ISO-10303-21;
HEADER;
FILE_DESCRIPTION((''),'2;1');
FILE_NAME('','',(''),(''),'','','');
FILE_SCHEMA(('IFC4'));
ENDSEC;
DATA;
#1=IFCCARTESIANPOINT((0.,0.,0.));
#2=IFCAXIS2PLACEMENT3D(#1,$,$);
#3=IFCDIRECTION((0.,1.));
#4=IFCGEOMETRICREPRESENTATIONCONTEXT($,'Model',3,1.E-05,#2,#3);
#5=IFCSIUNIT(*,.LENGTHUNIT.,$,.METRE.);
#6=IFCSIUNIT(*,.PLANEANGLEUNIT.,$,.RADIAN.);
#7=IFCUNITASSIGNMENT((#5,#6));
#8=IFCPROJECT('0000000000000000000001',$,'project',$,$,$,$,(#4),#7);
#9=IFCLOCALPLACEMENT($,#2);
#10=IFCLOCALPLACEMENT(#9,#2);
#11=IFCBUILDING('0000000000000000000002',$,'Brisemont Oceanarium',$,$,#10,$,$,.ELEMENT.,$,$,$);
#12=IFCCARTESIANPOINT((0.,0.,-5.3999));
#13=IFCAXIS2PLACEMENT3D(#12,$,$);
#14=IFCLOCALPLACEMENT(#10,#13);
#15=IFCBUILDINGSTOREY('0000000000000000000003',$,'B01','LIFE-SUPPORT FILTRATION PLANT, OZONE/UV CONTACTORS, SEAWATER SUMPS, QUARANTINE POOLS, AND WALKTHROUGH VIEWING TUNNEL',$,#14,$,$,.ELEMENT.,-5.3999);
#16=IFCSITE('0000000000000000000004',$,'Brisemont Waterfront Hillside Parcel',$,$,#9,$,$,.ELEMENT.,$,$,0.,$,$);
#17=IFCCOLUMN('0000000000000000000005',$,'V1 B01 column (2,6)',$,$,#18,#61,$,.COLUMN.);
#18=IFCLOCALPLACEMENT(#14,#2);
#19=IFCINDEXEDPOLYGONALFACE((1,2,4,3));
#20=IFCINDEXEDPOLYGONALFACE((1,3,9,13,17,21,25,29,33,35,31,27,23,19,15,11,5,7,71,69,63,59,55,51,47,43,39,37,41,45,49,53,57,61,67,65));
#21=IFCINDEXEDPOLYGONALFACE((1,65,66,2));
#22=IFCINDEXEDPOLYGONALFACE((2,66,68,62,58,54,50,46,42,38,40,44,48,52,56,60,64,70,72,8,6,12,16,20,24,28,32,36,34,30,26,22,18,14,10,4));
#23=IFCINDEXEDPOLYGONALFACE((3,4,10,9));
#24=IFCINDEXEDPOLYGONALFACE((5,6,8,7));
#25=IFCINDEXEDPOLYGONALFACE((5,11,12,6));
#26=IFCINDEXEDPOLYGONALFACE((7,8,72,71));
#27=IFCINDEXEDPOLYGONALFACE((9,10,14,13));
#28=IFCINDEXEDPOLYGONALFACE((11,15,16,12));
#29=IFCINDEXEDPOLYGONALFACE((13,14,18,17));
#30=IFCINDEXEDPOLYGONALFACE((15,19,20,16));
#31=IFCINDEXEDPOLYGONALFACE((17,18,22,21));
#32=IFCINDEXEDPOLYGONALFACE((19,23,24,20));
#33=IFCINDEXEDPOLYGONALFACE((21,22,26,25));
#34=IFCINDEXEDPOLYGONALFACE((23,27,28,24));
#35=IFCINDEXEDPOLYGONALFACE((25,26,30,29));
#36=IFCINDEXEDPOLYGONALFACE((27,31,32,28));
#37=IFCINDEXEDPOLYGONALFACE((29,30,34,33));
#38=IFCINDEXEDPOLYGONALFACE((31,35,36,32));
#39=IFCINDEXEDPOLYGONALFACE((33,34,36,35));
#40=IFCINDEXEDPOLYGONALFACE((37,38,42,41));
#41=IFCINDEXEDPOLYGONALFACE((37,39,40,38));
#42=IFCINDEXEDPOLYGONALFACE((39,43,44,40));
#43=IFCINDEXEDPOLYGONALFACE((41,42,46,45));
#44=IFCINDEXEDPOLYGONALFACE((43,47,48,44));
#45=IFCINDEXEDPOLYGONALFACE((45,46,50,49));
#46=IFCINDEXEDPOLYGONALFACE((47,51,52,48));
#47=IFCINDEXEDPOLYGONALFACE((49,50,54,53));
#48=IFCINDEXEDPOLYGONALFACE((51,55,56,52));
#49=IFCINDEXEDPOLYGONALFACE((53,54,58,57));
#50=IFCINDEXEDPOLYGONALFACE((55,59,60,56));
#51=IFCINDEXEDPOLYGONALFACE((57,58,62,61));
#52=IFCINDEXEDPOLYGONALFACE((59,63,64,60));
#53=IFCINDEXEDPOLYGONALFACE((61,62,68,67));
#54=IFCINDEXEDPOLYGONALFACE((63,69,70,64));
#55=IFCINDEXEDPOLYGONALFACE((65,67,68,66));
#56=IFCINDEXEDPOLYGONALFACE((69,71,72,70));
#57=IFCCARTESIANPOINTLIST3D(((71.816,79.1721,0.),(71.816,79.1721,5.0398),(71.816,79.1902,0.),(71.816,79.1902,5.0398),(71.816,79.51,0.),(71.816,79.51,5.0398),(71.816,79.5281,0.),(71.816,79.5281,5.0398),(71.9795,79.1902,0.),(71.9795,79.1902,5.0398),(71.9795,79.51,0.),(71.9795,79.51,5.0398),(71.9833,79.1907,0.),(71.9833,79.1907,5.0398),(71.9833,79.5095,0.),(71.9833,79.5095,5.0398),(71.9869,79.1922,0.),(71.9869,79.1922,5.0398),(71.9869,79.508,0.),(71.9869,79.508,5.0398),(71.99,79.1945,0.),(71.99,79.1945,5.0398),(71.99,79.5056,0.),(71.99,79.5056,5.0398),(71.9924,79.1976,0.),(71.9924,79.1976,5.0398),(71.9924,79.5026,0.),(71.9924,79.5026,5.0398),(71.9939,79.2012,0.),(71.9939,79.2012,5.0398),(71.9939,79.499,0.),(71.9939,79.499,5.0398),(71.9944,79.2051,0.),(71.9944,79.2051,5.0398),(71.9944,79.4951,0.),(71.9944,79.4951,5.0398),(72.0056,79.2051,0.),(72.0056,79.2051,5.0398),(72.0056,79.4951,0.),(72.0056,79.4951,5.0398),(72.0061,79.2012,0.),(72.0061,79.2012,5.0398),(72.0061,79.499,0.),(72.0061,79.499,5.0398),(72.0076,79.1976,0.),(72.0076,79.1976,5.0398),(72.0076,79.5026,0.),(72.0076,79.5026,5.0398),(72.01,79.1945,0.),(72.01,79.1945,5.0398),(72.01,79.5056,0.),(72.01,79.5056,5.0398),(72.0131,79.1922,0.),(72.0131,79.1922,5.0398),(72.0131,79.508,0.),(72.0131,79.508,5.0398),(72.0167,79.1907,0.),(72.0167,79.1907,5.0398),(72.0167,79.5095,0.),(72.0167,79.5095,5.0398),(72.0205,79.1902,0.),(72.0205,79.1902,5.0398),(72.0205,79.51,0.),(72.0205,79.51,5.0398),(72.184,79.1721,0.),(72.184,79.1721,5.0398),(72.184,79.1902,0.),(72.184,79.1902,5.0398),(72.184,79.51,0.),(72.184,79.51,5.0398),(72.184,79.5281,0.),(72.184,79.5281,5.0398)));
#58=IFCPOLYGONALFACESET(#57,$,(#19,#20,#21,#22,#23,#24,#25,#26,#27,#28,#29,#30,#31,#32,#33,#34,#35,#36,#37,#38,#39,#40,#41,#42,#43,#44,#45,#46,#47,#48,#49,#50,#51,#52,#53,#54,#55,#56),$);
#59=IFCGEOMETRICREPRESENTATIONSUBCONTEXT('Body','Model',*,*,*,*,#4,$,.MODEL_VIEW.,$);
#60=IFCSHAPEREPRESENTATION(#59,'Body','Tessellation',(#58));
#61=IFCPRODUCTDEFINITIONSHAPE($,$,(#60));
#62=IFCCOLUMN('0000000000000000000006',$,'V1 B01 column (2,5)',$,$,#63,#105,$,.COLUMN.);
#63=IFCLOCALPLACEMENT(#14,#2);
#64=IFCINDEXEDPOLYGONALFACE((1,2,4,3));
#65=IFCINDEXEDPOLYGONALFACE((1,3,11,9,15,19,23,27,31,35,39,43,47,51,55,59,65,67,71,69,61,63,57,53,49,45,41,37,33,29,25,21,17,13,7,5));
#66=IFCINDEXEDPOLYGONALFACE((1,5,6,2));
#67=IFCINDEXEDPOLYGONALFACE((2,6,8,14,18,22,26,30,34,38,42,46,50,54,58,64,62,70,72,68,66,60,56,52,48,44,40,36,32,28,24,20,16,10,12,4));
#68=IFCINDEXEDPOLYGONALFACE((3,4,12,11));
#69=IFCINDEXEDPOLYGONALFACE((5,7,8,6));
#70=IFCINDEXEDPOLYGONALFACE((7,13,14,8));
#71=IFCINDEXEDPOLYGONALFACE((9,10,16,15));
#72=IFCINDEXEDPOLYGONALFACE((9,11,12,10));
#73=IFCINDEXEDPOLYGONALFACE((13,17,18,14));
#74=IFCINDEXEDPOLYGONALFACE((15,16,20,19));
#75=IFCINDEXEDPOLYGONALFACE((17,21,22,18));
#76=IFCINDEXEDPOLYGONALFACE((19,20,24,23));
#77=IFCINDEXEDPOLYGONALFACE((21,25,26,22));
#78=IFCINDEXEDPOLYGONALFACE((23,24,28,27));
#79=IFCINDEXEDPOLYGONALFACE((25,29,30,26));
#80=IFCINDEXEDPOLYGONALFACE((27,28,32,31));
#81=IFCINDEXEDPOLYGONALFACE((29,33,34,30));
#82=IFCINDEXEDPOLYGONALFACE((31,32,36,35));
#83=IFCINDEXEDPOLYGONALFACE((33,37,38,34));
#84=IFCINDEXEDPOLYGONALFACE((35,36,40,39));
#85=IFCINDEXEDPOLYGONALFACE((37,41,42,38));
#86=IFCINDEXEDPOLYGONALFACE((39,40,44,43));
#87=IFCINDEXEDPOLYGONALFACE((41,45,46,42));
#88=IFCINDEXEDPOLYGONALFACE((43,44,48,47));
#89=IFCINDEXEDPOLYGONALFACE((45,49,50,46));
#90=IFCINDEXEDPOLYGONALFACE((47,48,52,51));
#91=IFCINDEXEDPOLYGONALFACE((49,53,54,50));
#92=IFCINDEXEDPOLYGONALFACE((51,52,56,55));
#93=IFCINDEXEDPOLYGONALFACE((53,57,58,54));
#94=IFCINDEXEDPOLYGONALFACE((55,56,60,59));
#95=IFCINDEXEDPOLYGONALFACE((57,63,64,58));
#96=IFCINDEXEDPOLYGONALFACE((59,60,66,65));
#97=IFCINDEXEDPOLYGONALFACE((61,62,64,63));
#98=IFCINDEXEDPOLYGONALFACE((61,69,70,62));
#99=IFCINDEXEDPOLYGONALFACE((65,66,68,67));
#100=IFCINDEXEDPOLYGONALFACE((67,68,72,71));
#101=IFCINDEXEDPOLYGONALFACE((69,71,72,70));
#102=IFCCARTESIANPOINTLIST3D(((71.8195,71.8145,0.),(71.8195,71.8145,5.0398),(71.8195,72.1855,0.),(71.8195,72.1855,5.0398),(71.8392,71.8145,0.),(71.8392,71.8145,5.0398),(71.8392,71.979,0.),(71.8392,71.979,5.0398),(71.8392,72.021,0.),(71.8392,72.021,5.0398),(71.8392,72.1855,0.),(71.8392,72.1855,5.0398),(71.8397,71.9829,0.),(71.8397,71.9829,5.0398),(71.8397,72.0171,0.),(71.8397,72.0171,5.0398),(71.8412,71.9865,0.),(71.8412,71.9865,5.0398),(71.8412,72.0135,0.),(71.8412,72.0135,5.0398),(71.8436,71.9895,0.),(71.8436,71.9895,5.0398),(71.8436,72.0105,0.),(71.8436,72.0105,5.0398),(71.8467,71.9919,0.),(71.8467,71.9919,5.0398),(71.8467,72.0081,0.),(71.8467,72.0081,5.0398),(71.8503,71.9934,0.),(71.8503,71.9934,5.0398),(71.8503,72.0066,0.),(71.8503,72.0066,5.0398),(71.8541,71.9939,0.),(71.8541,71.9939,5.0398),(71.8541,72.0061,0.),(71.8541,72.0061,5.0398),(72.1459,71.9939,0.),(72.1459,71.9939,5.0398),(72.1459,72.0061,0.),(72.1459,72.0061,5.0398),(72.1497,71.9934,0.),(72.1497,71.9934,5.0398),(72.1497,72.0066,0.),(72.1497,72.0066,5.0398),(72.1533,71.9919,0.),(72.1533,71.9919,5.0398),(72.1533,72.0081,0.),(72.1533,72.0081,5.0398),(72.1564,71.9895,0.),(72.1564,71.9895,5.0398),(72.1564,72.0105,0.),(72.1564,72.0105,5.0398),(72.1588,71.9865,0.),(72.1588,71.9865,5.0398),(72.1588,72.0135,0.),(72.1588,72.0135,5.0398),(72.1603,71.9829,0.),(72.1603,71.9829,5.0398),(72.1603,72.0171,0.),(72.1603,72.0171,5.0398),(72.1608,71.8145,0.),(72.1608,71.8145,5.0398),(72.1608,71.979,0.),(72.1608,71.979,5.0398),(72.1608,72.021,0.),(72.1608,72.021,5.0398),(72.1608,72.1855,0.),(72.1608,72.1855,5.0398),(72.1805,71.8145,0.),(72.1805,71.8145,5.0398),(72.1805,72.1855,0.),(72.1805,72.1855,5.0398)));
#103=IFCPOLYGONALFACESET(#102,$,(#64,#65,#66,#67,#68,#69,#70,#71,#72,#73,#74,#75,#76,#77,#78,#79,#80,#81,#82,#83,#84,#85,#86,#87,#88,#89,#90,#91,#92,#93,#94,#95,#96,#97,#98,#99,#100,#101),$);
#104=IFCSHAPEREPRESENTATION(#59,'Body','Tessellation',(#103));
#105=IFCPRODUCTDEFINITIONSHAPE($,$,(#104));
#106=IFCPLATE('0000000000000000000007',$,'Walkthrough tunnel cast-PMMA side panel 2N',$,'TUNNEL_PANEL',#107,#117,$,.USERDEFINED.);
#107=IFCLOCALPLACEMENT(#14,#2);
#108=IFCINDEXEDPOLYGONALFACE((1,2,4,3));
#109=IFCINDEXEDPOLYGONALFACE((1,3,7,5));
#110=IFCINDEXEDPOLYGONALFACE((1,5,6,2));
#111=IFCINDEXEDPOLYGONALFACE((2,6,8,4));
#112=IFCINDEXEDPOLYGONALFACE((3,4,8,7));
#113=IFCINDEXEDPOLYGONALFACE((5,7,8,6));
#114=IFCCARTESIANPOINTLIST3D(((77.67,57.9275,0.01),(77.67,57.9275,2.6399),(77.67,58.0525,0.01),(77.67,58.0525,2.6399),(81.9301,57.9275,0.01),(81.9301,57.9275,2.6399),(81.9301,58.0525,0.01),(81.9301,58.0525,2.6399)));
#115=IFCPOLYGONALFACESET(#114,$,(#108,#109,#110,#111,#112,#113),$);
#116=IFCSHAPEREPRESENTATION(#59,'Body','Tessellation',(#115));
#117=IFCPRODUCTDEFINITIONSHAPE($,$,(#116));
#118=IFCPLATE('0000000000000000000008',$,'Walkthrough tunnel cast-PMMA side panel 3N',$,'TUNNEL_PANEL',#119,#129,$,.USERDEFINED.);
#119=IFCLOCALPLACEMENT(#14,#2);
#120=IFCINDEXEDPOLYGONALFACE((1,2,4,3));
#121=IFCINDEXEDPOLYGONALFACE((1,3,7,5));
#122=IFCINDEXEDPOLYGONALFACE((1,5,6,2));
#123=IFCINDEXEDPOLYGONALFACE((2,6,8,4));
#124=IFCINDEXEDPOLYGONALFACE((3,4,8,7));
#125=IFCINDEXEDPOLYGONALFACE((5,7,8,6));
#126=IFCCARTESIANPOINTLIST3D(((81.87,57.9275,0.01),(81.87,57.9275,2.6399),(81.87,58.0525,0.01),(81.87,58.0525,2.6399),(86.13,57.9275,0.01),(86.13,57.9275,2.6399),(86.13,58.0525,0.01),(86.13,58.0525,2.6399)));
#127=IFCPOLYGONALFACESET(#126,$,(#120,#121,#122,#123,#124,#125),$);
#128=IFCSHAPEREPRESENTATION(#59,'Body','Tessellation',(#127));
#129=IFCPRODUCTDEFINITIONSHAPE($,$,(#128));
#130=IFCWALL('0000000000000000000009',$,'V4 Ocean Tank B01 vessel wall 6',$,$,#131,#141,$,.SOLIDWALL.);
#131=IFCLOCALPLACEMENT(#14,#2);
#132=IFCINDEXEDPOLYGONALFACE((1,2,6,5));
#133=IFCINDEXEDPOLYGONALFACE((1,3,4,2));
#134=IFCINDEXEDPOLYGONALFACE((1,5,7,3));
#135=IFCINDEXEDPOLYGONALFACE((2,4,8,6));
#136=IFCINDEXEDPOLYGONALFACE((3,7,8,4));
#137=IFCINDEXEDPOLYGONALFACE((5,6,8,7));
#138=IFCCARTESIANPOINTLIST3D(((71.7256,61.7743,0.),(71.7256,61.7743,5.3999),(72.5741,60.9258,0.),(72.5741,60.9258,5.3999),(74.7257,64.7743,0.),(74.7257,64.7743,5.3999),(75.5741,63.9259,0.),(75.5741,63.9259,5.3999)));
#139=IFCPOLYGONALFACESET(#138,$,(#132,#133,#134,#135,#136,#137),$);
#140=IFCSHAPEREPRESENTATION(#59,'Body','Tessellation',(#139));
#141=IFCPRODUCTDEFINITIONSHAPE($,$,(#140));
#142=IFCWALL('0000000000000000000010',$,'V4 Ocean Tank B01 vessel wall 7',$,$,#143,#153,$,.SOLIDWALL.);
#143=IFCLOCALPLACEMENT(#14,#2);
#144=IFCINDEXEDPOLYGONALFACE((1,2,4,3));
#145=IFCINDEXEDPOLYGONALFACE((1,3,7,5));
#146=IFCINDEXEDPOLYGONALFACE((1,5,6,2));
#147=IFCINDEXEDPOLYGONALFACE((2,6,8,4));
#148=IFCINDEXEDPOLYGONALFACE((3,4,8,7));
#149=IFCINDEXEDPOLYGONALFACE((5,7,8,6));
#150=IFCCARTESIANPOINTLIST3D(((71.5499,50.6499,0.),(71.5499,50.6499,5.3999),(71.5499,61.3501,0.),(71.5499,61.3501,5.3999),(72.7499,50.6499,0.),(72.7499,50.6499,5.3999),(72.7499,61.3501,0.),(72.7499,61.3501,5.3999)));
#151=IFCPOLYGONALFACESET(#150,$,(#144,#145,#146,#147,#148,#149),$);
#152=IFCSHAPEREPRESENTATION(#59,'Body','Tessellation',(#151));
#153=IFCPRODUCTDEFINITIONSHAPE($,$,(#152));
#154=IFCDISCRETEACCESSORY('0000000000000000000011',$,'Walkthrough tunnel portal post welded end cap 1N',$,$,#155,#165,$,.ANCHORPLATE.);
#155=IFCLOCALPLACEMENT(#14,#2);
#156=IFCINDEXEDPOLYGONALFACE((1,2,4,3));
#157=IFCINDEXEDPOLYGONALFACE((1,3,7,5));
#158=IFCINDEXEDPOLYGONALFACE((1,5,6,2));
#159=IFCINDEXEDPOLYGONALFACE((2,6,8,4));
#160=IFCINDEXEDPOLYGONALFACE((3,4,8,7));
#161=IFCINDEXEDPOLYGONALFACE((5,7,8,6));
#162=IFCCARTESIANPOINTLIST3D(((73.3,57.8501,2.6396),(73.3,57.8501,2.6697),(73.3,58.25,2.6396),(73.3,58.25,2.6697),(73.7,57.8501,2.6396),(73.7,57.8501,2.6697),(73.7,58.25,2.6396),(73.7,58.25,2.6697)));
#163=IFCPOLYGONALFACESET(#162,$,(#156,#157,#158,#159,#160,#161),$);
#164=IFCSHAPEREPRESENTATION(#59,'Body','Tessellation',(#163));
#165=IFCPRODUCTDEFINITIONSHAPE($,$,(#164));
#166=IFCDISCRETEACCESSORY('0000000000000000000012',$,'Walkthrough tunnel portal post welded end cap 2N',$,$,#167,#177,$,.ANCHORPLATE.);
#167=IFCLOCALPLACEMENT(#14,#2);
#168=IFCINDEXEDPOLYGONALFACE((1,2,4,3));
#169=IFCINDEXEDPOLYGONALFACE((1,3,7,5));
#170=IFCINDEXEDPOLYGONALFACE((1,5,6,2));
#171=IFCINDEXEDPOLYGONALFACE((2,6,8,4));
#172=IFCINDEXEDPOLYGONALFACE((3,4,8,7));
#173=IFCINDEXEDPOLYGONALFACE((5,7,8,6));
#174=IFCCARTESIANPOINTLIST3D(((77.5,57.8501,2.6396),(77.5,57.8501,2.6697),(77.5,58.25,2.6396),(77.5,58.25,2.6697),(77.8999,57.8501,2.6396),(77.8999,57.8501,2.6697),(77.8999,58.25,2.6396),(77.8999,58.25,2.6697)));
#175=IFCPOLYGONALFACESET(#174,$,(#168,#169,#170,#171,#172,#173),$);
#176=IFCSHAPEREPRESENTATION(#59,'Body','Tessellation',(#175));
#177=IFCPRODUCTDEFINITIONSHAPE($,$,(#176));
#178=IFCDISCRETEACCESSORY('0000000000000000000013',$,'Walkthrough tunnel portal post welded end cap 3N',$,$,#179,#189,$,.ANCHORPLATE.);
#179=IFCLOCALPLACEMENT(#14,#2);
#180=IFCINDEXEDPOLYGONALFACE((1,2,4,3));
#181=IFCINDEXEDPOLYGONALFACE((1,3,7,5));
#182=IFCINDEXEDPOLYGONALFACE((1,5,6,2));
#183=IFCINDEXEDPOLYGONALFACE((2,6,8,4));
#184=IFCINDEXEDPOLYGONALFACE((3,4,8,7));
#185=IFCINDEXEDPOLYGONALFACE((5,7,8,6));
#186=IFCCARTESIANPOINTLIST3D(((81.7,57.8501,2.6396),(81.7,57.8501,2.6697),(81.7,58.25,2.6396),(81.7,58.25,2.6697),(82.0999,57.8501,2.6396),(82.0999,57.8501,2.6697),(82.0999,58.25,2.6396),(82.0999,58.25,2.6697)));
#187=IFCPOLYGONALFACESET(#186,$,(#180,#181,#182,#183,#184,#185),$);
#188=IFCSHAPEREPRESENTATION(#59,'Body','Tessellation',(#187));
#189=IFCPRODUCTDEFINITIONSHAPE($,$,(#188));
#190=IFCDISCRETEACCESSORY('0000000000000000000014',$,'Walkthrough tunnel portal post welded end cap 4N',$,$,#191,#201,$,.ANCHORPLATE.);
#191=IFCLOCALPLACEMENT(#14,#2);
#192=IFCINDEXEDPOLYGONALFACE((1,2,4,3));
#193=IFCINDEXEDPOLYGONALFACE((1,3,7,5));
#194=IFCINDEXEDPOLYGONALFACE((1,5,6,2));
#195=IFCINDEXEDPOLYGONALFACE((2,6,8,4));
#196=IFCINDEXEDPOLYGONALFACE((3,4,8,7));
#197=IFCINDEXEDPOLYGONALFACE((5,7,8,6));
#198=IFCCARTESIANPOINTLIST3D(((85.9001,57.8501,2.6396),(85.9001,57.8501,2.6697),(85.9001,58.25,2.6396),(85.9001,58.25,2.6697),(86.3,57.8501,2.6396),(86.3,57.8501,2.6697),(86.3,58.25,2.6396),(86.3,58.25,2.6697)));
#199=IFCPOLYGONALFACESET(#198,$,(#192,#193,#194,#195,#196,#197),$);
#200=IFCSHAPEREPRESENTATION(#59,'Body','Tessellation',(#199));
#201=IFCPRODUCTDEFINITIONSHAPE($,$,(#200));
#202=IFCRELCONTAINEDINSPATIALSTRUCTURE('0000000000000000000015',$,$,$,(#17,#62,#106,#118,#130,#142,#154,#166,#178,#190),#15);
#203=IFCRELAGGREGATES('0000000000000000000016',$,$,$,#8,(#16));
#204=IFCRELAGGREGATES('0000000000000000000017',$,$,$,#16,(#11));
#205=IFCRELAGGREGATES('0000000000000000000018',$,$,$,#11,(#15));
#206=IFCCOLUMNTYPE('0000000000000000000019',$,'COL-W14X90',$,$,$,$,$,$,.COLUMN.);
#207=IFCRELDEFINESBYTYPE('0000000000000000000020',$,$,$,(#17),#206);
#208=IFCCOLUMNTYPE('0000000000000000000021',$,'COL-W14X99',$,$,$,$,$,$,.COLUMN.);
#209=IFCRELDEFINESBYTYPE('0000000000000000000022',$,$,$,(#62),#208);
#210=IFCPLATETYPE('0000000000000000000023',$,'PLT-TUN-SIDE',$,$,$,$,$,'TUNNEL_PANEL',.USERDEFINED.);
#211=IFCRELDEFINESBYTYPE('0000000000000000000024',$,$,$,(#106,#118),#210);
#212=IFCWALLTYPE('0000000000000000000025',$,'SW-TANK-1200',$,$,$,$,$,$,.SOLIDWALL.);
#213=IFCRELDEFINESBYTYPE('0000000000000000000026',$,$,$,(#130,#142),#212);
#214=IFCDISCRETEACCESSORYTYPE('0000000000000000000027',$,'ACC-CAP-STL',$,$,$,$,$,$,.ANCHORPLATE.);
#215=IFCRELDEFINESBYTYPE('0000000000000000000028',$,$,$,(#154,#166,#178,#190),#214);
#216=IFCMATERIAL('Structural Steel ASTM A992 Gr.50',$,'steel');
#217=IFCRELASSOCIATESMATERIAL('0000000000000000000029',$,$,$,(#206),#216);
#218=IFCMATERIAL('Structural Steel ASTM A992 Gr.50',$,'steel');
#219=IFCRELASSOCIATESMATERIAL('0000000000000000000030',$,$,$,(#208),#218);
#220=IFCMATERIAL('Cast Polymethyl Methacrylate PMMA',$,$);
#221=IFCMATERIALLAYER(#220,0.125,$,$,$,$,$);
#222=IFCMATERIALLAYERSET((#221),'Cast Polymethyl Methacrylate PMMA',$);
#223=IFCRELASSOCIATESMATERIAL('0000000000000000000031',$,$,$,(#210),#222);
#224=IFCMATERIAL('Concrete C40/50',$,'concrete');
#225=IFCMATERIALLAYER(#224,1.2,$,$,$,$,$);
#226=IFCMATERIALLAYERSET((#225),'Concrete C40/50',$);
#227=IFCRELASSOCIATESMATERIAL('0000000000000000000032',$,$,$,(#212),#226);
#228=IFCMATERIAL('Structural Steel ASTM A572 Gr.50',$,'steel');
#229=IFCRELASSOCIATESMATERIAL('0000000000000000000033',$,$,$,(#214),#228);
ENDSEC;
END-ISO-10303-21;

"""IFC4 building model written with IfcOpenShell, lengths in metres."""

from ifc_helpers import new_model, si_unit, direction, frame, frame_2d, origin, origin_2d, place, context, subcontext, project, spatial, rectangle, i_section, extrude, material, layer, layer_set, material_profile, profile_set, type_object, element, save


model = new_model("IFC4")

# Units and contexts
model_context = context("Model", 3, precision=1e-05, world=origin(), true_north=direction((0.0, 1.0)))
body_context = subcontext(model_context, "Body", "Model", "MODEL_VIEW")
ifc_project = project(units=[si_unit("LENGTHUNIT", "METRE"), si_unit("PLANEANGLEUNIT", "RADIAN")], contexts=[model_context])

# Site, building, storey
site_placement = place(None, origin())
site = spatial("IfcSite", under=ifc_project, at=site_placement, Name="Brisemont Waterfront Hillside Parcel", CompositionType="ELEMENT", RefElevation=0.0)
building_placement = place(site_placement, origin())
building = spatial("IfcBuilding", under=site, at=building_placement, Name="Brisemont Oceanarium", CompositionType="ELEMENT")
storey_placement = place(building_placement, frame((0.0, 0.0, -5.3999)))
storey = spatial("IfcBuildingStorey", under=building, at=storey_placement, Name="B01", Description="LIFE-SUPPORT FILTRATION PLANT, OZONE/UV CONTACTORS, SEAWATER SUMPS, QUARANTINE POOLS, AND WALKTHROUGH VIEWING TUNNEL", CompositionType="ELEMENT", Elevation=-5.3999)

# Columns
ifc_material_1 = material(Name="Structural Steel ASTM A992 Gr.50", Category="steel")
ifc_material_profile_1 = material_profile(ifc_material_1, i_section(OverallWidth=0.3679, OverallDepth=0.356, WebThickness=0.0112, FlangeThickness=0.0181, FilletRadius=0.0149, at=origin_2d()), Name="W14X90")
ifc_profile_set_1 = profile_set([ifc_material_profile_1], Name="Structural Steel ASTM A992 Gr.50")
column_type_1 = type_object("IfcColumnType", Name="COL-W14X90", PredefinedType="COLUMN", material=ifc_profile_set_1)
column_1_placement = place(storey_placement, frame((72.0, 79.3501, 0.0), z_axis=(0.0, 0.0, 1.0), x_axis=(1.0, 0.0, 0.0)))
element("IfcColumn", 1, at=column_1_placement, inside=storey, type_object=column_type_1, Name="V1 B01 column (2,6)", PredefinedType="COLUMN", context=body_context, shape_type="SweptSolid", body=[
    extrude(i_section(OverallWidth=0.3679, OverallDepth=0.356, WebThickness=0.0112, FlangeThickness=0.0181, FilletRadius=0.0149, at=origin_2d()), origin(), (0.0, 0.0, 1.0), 5.0398),
])
ifc_material_2 = material(Name="Structural Steel ASTM A992 Gr.50", Category="steel")
ifc_material_profile_2 = material_profile(ifc_material_2, i_section(OverallWidth=0.3711, OverallDepth=0.3611, WebThickness=0.0122, FlangeThickness=0.0198, FilletRadius=0.0149, at=origin_2d()), Name="W14X99")
ifc_profile_set_2 = profile_set([ifc_material_profile_2], Name="Structural Steel ASTM A992 Gr.50")
column_type_2 = type_object("IfcColumnType", Name="COL-W14X99", PredefinedType="COLUMN", material=ifc_profile_set_2)
column_2_placement = place(storey_placement, frame((72.0, 72.0, 0.0), z_axis=(0.0, 0.0, 1.0), x_axis=(0.0, 1.0, 0.0)))
element("IfcColumn", 2, at=column_2_placement, inside=storey, type_object=column_type_2, Name="V1 B01 column (2,5)", PredefinedType="COLUMN", context=body_context, shape_type="SweptSolid", body=[
    extrude(i_section(OverallWidth=0.3711, OverallDepth=0.3611, WebThickness=0.0122, FlangeThickness=0.0198, FilletRadius=0.0149, at=origin_2d()), origin(), (0.0, 0.0, 1.0), 5.0398),
])

# Plates
ifc_material_3 = material(Name="Cast Polymethyl Methacrylate PMMA")
ifc_layer_1 = layer(ifc_material_3, 0.125)
ifc_layer_set_1 = layer_set([ifc_layer_1], Name="Cast Polymethyl Methacrylate PMMA")
plate_type = type_object("IfcPlateType", Name="PLT-TUN-SIDE", ElementType="TUNNEL_PANEL", PredefinedType="USERDEFINED", material=ifc_layer_set_1)
for number, where, z_axis, x_axis, name in (
    (3, (79.8, 57.99, 0.01), (0.0, 0.0, 1.0), (1.0, 0.0, 0.0), "Walkthrough tunnel cast-PMMA side panel 2N"),
    (4, (84.0, 57.99, 0.01), (0.0, 0.0, 1.0), (1.0, 0.0, 0.0), "Walkthrough tunnel cast-PMMA side panel 3N"),
):
    element("IfcPlate", number, at=place(storey_placement, frame(where, z_axis=z_axis, x_axis=x_axis)), inside=storey, type_object=plate_type, Name=name, ObjectType="TUNNEL_PANEL", PredefinedType="USERDEFINED", context=body_context, shape_type="SweptSolid", body=[
        extrude(rectangle(XDim=4.26, YDim=0.125, at=origin_2d()), origin(), (0.0, 0.0, 1.0), 2.6299),
    ])

# Walls
ifc_material_4 = material(Name="Concrete C40/50", Category="concrete")
ifc_layer_2 = layer(ifc_material_4, 1.2)
ifc_layer_set_2 = layer_set([ifc_layer_2], Name="Concrete C40/50")
wall_type = type_object("IfcWallType", Name="SW-TANK-1200", PredefinedType="SOLIDWALL", material=ifc_layer_set_2)
wall_1_placement = place(storey_placement, frame((75.1499, 64.3501, 0.0), z_axis=(0.0, 0.0, 1.0), x_axis=(-0.707107, -0.707107, 0.0)))
element("IfcWall", 5, at=wall_1_placement, inside=storey, type_object=wall_type, Name="V4 Ocean Tank B01 vessel wall 6", PredefinedType="SOLIDWALL", context=body_context, shape_type="SweptSolid", body=[
    extrude(rectangle(XDim=4.2427, YDim=1.2, at=frame_2d((2.1213, 0.0))), origin(), (0.0, 0.0, 1.0), 5.3999),
])
wall_2_placement = place(storey_placement, frame((72.1499, 61.3501, 0.0), z_axis=(0.0, 0.0, 1.0), x_axis=(0.0, -1.0, 0.0)))
element("IfcWall", 6, at=wall_2_placement, inside=storey, type_object=wall_type, Name="V4 Ocean Tank B01 vessel wall 7", PredefinedType="SOLIDWALL", context=body_context, shape_type="SweptSolid", body=[
    extrude(rectangle(XDim=10.7002, YDim=1.2, at=frame_2d((5.3501, 0.0))), origin(), (0.0, 0.0, 1.0), 5.3999),
])

# Discrete accessories
ifc_material_5 = material(Name="Structural Steel ASTM A572 Gr.50", Category="steel")
discrete_accessory_type = type_object("IfcDiscreteAccessoryType", Name="ACC-CAP-STL", PredefinedType="ANCHORPLATE", material=ifc_material_5)
for number, where, z_axis, x_axis, name in (
    (7, (73.5, 58.05, 2.6396), (0.0, 0.0, 1.0), (1.0, 0.0, 0.0), "Walkthrough tunnel portal post welded end cap 1N"),
    (8, (77.7, 58.05, 2.6396), (0.0, 0.0, 1.0), (1.0, 0.0, 0.0), "Walkthrough tunnel portal post welded end cap 2N"),
    (9, (81.8999, 58.05, 2.6396), (0.0, 0.0, 1.0), (1.0, 0.0, 0.0), "Walkthrough tunnel portal post welded end cap 3N"),
    (10, (86.1001, 58.05, 2.6396), (0.0, 0.0, 1.0), (1.0, 0.0, 0.0), "Walkthrough tunnel portal post welded end cap 4N"),
):
    element("IfcDiscreteAccessory", number, at=place(storey_placement, frame(where, z_axis=z_axis, x_axis=x_axis)), inside=storey, type_object=discrete_accessory_type, Name=name, PredefinedType="ANCHORPLATE", context=body_context, shape_type="SweptSolid", body=[
        extrude(rectangle(XDim=0.3999, YDim=0.3999, at=origin_2d()), origin(), (0.0, 0.0, 1.0), 0.03),
    ])

save(model, "model.ifc")
